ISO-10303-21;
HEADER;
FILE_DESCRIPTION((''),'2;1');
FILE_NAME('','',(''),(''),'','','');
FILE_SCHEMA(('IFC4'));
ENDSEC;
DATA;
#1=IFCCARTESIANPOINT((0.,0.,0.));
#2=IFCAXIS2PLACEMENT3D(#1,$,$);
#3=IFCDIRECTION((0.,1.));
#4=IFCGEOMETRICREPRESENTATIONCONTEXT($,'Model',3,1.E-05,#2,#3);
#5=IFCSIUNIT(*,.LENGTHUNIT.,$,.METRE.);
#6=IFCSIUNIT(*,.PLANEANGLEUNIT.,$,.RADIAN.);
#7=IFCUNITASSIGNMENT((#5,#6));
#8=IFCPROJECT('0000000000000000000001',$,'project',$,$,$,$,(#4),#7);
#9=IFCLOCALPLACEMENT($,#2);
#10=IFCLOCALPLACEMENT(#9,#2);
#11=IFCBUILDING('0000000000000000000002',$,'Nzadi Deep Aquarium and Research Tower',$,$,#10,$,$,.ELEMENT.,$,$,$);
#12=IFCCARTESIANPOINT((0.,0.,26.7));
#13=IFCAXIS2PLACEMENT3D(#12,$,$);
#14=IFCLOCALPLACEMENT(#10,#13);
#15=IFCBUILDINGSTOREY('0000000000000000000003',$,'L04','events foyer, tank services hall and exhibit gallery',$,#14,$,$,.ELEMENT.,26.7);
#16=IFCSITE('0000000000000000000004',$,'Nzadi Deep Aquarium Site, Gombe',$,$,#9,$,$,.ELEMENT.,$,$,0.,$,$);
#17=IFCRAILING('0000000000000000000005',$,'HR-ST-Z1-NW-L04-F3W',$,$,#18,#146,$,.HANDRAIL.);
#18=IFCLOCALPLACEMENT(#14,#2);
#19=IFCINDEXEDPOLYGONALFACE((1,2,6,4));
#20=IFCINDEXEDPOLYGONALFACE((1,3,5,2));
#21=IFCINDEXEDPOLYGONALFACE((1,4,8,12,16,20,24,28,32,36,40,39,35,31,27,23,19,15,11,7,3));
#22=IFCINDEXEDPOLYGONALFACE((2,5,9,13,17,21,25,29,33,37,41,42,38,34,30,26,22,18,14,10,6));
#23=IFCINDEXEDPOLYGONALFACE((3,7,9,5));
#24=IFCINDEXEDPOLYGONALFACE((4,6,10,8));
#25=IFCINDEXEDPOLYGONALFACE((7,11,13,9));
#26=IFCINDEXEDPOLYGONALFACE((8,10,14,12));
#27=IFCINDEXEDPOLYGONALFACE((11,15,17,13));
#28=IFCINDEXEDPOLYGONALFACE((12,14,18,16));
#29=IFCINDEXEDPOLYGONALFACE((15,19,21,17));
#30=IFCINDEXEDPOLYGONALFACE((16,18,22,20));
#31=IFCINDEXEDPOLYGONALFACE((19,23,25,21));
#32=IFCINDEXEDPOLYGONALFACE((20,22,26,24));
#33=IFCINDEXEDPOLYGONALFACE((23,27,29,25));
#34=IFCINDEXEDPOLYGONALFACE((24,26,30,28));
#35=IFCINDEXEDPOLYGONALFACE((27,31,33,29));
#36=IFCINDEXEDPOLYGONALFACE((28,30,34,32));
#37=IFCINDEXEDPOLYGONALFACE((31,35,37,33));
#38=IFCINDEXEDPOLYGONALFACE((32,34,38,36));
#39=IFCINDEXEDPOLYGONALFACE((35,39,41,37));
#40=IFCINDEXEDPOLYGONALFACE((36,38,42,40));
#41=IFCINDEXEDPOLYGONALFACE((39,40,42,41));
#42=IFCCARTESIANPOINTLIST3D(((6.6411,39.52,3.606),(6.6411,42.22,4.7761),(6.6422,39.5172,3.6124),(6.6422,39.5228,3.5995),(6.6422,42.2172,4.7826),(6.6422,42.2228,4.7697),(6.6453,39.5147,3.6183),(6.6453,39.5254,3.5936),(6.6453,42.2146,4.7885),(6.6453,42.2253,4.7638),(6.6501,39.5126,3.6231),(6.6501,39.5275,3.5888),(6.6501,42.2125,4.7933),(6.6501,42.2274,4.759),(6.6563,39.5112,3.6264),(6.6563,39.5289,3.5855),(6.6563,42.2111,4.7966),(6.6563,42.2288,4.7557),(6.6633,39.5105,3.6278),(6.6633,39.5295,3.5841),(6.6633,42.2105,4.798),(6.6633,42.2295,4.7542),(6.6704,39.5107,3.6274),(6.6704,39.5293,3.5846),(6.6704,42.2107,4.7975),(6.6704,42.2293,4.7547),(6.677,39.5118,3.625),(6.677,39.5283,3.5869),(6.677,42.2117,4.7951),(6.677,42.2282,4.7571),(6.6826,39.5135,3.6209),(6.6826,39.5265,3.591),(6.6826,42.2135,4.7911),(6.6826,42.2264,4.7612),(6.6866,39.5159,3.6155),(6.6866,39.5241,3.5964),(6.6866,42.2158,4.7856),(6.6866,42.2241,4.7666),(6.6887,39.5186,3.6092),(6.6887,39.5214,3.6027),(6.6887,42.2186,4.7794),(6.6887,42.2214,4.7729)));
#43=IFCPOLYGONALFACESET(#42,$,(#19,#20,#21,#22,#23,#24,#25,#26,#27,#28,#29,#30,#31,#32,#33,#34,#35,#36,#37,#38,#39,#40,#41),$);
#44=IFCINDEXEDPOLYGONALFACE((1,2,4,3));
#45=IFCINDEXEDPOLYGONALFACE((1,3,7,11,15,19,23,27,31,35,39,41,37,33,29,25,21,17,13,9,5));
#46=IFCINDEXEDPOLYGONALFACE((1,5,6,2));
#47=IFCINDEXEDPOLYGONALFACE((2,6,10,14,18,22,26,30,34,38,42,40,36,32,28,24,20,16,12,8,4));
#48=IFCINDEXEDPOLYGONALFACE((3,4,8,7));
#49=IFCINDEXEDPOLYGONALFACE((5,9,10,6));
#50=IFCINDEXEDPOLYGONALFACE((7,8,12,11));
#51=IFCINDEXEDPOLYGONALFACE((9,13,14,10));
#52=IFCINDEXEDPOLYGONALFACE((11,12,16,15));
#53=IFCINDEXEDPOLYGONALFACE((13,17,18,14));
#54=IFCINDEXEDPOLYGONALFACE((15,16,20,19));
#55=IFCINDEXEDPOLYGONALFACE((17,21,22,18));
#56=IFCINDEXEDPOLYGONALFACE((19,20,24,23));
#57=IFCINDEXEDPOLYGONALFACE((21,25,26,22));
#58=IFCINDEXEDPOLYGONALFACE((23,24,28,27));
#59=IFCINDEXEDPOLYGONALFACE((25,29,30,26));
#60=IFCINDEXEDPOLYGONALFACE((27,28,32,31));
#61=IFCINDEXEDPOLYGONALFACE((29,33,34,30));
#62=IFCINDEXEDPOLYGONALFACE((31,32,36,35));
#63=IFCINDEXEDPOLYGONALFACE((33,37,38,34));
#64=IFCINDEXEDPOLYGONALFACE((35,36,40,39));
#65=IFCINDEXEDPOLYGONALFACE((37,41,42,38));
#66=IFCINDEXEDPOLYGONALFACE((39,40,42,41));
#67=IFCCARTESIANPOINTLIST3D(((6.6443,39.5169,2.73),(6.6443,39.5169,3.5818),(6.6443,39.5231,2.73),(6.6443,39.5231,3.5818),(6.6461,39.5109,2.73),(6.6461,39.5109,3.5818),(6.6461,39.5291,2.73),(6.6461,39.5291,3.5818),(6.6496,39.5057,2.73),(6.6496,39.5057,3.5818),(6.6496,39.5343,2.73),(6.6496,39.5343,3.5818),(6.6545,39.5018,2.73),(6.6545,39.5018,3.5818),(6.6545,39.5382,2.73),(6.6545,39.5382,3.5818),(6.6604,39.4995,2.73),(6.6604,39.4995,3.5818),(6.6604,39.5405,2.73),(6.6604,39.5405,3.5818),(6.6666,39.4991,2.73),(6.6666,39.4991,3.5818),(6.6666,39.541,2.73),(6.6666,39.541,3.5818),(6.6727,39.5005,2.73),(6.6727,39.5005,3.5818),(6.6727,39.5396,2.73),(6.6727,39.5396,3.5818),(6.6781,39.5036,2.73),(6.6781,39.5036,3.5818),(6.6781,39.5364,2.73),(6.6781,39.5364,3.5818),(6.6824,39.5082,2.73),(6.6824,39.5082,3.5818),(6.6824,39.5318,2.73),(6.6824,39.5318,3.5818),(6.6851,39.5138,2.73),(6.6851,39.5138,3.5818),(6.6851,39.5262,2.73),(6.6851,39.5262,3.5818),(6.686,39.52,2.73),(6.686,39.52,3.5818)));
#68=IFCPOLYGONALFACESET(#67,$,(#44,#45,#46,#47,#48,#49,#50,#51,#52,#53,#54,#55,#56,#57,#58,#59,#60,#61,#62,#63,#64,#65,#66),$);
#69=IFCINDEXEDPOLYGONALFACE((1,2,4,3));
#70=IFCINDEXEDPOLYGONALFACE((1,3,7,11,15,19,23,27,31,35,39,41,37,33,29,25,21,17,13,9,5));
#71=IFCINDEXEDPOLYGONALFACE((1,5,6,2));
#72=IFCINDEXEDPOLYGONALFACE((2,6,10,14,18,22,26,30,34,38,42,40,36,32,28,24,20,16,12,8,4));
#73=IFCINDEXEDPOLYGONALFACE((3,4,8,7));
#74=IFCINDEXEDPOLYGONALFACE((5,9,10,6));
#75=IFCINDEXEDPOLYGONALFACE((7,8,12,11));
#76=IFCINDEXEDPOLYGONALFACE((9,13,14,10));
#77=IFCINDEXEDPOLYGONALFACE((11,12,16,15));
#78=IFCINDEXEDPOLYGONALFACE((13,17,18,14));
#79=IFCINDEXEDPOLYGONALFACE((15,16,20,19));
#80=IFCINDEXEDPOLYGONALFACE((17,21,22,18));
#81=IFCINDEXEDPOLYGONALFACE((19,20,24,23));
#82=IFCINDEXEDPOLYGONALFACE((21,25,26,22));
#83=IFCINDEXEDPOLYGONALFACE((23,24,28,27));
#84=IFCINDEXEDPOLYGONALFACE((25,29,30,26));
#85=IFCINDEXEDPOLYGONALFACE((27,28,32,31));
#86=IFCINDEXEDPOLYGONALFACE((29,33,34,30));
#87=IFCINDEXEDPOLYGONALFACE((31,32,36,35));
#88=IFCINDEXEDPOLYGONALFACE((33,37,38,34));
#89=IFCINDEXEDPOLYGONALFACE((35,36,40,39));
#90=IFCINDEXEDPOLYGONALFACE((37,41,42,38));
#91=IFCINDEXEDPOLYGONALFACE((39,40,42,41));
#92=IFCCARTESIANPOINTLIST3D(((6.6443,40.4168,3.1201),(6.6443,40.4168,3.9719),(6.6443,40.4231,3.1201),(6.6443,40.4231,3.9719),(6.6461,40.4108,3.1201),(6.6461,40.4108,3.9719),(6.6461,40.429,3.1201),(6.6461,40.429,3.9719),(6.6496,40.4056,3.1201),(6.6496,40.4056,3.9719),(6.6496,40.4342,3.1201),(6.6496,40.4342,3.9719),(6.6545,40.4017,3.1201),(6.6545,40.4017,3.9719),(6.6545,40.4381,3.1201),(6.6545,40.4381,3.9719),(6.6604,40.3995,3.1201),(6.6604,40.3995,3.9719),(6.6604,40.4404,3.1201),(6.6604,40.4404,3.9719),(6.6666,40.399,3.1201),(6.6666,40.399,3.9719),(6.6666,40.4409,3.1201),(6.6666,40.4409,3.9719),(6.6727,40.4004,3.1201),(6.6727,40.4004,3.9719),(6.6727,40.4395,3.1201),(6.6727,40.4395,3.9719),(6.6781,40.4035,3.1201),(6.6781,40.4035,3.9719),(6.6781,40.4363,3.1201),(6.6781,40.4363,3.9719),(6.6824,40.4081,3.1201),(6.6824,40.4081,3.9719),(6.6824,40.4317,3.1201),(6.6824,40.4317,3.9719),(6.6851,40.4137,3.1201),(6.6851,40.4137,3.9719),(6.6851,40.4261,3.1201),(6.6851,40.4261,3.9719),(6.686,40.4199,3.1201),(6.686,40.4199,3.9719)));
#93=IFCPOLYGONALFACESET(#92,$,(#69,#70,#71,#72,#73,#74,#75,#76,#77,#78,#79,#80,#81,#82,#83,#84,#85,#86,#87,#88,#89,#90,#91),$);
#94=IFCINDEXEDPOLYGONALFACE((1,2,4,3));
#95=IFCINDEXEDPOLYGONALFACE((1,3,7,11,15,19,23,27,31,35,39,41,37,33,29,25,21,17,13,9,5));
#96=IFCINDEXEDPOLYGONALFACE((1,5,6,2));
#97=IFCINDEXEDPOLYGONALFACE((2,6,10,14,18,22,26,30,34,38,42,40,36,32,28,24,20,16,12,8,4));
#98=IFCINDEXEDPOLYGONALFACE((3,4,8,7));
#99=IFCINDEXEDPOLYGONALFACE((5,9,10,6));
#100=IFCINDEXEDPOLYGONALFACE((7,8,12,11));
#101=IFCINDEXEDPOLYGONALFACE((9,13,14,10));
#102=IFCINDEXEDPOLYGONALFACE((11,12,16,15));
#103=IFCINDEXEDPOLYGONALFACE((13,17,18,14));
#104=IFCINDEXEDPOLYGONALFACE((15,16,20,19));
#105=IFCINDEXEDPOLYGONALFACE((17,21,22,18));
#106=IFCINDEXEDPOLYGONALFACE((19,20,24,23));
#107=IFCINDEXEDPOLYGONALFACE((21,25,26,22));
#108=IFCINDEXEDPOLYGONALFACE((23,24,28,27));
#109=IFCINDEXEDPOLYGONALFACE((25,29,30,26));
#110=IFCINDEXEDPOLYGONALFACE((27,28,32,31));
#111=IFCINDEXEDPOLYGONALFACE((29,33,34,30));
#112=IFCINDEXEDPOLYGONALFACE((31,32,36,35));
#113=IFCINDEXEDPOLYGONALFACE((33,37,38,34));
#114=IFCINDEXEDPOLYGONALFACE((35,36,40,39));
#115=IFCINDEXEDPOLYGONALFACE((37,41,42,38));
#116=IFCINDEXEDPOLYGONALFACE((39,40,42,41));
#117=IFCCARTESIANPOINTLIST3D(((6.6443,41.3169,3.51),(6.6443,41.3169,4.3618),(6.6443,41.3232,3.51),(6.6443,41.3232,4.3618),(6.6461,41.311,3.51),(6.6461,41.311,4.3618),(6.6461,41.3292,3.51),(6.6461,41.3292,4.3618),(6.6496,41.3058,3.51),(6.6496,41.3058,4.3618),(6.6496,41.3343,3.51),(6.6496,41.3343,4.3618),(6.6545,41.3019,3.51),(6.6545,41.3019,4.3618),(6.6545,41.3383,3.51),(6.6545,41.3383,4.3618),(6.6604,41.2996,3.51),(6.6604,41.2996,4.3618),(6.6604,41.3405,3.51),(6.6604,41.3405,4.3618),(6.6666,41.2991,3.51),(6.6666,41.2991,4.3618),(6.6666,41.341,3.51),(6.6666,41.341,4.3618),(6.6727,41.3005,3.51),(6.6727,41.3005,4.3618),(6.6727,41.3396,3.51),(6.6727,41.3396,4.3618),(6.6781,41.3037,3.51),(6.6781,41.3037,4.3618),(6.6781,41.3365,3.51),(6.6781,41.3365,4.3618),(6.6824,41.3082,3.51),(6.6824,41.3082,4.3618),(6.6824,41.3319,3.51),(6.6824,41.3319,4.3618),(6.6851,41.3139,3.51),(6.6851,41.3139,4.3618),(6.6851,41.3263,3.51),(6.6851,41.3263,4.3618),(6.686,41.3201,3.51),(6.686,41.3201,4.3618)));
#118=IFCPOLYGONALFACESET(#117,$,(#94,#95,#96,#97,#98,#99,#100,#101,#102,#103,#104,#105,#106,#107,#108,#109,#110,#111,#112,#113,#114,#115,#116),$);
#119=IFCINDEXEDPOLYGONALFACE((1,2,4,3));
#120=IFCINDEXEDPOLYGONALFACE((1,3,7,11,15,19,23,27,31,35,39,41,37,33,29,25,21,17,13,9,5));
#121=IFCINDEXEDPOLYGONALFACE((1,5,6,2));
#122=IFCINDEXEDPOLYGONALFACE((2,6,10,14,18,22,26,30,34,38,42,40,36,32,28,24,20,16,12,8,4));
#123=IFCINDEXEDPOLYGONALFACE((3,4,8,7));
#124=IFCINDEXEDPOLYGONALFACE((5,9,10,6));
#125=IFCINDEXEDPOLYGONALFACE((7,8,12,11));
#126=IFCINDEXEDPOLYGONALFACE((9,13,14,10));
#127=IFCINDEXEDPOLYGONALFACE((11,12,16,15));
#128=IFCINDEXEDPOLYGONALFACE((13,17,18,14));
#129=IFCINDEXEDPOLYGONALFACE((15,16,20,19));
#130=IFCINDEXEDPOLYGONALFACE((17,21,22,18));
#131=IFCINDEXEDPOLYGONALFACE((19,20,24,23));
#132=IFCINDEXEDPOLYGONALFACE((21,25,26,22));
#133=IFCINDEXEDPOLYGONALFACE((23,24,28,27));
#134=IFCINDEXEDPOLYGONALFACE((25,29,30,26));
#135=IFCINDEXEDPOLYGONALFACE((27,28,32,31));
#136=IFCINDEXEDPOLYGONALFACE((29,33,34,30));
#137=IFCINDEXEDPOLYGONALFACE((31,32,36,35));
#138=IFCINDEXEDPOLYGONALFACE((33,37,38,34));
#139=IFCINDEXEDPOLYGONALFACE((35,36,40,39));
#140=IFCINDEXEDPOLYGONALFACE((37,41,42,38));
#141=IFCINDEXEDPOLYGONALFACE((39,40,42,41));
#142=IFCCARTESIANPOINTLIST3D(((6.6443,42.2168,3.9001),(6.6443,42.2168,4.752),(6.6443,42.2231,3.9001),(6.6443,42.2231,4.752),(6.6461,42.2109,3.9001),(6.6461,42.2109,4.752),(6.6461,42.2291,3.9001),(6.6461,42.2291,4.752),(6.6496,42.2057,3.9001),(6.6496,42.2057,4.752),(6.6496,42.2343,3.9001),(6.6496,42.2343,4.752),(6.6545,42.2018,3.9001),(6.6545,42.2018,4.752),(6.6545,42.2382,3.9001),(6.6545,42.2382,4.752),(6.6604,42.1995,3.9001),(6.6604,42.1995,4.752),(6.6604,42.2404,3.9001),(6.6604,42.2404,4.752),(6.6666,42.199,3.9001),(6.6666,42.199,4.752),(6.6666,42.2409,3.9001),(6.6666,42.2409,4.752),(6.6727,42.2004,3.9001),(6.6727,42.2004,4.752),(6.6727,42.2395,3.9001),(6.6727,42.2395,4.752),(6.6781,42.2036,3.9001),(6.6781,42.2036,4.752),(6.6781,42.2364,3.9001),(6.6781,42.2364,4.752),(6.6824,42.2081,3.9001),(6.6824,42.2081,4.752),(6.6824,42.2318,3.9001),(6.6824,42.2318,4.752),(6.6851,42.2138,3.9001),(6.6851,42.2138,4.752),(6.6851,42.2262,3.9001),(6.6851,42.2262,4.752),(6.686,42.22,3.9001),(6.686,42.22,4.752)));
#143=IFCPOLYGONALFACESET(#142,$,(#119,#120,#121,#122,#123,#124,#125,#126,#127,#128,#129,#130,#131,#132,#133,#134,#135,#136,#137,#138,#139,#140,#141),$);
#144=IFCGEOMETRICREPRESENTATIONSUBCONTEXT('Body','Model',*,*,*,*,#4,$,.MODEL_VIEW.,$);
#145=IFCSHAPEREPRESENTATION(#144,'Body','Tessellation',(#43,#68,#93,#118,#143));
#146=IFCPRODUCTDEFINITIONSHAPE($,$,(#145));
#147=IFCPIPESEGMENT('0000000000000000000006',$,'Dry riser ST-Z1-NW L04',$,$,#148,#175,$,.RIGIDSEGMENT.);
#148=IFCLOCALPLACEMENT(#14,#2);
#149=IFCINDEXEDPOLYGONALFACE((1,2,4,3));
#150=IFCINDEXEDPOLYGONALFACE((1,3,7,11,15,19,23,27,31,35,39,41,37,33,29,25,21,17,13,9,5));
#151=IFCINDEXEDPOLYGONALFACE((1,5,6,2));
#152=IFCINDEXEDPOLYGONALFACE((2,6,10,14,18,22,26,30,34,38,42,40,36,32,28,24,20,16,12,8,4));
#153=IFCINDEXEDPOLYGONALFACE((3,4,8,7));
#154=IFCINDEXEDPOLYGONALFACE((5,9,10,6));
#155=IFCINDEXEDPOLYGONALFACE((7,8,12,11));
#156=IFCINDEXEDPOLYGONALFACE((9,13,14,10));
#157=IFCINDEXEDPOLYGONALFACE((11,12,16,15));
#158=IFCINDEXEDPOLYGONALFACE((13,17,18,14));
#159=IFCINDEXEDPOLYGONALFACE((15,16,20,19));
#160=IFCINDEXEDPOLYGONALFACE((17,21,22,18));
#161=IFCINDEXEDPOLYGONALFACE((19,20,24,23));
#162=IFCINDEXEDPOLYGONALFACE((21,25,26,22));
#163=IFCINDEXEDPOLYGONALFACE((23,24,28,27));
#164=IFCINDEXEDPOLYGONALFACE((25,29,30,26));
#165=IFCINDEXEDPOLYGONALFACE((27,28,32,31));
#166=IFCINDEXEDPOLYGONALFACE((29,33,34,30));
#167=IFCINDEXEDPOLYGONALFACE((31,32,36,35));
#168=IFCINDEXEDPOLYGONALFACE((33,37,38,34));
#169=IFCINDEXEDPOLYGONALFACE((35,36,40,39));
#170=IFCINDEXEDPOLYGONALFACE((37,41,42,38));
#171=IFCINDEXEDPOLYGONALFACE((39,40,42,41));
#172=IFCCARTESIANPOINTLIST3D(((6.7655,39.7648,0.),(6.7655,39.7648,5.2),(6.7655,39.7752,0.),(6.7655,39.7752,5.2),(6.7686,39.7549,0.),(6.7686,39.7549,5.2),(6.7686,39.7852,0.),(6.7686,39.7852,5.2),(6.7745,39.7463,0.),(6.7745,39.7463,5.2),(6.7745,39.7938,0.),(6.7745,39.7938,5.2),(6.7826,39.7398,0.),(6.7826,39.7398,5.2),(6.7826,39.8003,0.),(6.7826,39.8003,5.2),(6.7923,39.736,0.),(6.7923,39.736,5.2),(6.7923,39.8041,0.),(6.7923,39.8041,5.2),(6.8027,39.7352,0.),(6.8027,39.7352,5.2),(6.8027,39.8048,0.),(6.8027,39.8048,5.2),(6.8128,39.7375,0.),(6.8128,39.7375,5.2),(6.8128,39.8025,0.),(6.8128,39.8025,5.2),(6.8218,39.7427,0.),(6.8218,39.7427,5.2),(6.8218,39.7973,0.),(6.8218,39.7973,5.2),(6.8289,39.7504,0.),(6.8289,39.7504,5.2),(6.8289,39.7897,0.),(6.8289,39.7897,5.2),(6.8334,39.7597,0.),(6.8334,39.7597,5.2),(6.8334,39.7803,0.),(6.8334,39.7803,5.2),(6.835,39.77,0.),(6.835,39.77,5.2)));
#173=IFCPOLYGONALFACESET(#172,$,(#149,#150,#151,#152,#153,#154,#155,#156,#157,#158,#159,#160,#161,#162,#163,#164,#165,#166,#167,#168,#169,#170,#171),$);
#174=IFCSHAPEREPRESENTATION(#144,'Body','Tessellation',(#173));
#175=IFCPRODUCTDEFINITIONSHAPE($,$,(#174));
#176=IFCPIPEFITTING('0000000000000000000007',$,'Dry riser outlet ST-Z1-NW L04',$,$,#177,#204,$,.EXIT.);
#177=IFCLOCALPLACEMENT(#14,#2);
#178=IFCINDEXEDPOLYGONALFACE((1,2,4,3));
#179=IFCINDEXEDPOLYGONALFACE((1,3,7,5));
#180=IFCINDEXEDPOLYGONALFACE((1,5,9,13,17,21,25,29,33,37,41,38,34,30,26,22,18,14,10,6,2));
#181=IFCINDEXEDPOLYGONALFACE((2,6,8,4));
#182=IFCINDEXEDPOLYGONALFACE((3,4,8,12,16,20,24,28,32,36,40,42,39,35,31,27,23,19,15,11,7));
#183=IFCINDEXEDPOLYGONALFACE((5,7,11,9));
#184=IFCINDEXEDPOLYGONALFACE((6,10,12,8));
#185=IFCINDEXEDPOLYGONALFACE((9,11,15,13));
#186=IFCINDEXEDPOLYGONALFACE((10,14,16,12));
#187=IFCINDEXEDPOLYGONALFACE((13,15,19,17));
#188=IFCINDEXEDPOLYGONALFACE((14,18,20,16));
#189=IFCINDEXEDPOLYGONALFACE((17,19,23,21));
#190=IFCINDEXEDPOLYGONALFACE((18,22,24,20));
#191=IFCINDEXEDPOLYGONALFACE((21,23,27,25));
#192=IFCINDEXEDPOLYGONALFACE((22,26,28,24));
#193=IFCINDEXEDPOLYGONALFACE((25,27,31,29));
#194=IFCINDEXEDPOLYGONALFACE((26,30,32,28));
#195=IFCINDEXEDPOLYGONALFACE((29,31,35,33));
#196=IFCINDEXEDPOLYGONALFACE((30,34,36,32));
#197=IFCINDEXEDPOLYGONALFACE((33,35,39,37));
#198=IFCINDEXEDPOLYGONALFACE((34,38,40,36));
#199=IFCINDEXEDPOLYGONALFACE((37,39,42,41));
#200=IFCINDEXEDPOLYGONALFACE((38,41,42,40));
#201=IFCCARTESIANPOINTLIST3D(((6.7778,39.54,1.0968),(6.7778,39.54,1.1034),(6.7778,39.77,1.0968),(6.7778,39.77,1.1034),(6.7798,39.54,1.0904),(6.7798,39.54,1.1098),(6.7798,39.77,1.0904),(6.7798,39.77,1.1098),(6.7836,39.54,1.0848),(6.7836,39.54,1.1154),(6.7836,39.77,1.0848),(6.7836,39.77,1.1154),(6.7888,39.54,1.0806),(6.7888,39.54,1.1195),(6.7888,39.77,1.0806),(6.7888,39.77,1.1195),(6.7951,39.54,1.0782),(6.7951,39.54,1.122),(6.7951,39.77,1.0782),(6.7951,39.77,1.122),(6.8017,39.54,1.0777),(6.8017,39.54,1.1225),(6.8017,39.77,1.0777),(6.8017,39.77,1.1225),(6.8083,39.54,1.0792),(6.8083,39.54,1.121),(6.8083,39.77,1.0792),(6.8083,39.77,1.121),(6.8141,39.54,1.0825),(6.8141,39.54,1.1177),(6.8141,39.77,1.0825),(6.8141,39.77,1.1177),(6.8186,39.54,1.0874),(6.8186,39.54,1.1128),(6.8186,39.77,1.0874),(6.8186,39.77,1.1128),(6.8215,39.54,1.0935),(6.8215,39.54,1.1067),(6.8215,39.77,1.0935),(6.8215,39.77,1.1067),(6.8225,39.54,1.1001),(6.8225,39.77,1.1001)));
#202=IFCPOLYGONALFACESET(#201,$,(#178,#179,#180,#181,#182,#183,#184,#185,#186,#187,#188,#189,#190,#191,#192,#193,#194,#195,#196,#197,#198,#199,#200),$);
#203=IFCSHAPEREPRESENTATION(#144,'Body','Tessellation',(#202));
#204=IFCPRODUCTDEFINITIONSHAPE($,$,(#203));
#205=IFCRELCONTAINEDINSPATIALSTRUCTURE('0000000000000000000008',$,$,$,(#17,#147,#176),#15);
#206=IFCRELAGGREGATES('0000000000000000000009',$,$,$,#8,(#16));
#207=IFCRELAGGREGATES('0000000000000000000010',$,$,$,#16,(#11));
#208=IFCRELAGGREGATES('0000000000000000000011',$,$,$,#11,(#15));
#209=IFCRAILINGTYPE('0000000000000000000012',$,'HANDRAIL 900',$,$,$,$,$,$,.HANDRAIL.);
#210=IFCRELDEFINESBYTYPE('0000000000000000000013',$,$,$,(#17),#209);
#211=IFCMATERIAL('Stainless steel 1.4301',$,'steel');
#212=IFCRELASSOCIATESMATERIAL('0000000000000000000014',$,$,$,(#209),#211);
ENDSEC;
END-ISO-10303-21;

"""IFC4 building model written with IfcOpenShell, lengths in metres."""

from ifc_helpers import new_model, si_unit, direction, frame, origin, origin_2d, place, context, subcontext, project, spatial, circle, extrude, material, type_object, element, save


model = new_model("IFC4")

# Units and contexts
model_context = context("Model", 3, precision=1e-05, world=origin(), true_north=direction((0.0, 1.0)))
body_context = subcontext(model_context, "Body", "Model", "MODEL_VIEW")
ifc_project = project(units=[si_unit("LENGTHUNIT", "METRE"), si_unit("PLANEANGLEUNIT", "RADIAN")], contexts=[model_context])

# Site, building, storey
site_placement = place(None, origin())
site = spatial("IfcSite", under=ifc_project, at=site_placement, Name="Nzadi Deep Aquarium Site, Gombe", CompositionType="ELEMENT", RefElevation=0.0)
building_placement = place(site_placement, origin())
building = spatial("IfcBuilding", under=site, at=building_placement, Name="Nzadi Deep Aquarium and Research Tower", CompositionType="ELEMENT")
storey_placement = place(building_placement, frame((0.0, 0.0, 26.7)))
storey = spatial("IfcBuildingStorey", under=building, at=storey_placement, Name="L04", Description="events foyer, tank services hall and exhibit gallery", CompositionType="ELEMENT", Elevation=26.7)

# Railing
ifc_material_1 = material(Name="Stainless steel 1.4301", Category="steel")
railing_type = type_object("IfcRailingType", Name="HANDRAIL 900", PredefinedType="HANDRAIL", material=ifc_material_1)
for number, where, name in (
    (1, (6.665, 39.52, 2.73), "HR-ST-Z1-NW-L04-F3W"),
):
    element("IfcRailing", number, at=place(storey_placement, frame(where)), inside=storey, type_object=railing_type, Name=name, PredefinedType="HANDRAIL", context=body_context, shape_type="SweptSolid", body=[
        extrude(circle(Radius=0.0239, at=origin_2d()), frame((0.0, 0.0, 0.876), z_axis=(0.0, 0.917532, 0.397661), x_axis=(-1.0, 0.0, 0.0)), (0.0, 0.0, 1.0), 2.9426),
        extrude(circle(Radius=0.021, at=origin_2d()), origin(), (0.0, 0.0, 1.0), 0.8518),
        extrude(circle(Radius=0.021, at=origin_2d()), frame((0.0, 0.8999, 0.3901)), (0.0, 0.0, 1.0), 0.8518),
        extrude(circle(Radius=0.021, at=origin_2d()), frame((0.0, 1.8, 0.78)), (0.0, 0.0, 1.0), 0.8518),
        extrude(circle(Radius=0.021, at=origin_2d()), frame((0.0, 2.7, 1.1702)), (0.0, 0.0, 1.0), 0.8518),
    ])

# Pipe segment
pipe_segment_placement = place(storey_placement, frame((6.8, 39.77, 0.0), z_axis=(0.0, 0.0, 1.0), x_axis=(1.0, 0.0, 0.0)))
element("IfcPipeSegment", 2, at=pipe_segment_placement, inside=storey, Name="Dry riser ST-Z1-NW L04", PredefinedType="RIGIDSEGMENT", context=body_context, shape_type="SweptSolid", body=[
    extrude(circle(Radius=0.0349, at=origin_2d()), origin(), (0.0, 0.0, 1.0), 5.2),
])

# Pipe fitting
pipe_fitting_placement = place(storey_placement, frame((6.8, 39.77, 1.1001), z_axis=(0.0, -1.0, 0.0), x_axis=(1.0, 0.0, 0.0)))
element("IfcPipeFitting", 3, at=pipe_fitting_placement, inside=storey, Name="Dry riser outlet ST-Z1-NW L04", PredefinedType="EXIT", context=body_context, shape_type="SweptSolid", body=[
    extrude(circle(Radius=0.0225, at=origin_2d()), origin(), (0.0, 0.0, 1.0), 0.23),
])

save(model, "model.ifc")
